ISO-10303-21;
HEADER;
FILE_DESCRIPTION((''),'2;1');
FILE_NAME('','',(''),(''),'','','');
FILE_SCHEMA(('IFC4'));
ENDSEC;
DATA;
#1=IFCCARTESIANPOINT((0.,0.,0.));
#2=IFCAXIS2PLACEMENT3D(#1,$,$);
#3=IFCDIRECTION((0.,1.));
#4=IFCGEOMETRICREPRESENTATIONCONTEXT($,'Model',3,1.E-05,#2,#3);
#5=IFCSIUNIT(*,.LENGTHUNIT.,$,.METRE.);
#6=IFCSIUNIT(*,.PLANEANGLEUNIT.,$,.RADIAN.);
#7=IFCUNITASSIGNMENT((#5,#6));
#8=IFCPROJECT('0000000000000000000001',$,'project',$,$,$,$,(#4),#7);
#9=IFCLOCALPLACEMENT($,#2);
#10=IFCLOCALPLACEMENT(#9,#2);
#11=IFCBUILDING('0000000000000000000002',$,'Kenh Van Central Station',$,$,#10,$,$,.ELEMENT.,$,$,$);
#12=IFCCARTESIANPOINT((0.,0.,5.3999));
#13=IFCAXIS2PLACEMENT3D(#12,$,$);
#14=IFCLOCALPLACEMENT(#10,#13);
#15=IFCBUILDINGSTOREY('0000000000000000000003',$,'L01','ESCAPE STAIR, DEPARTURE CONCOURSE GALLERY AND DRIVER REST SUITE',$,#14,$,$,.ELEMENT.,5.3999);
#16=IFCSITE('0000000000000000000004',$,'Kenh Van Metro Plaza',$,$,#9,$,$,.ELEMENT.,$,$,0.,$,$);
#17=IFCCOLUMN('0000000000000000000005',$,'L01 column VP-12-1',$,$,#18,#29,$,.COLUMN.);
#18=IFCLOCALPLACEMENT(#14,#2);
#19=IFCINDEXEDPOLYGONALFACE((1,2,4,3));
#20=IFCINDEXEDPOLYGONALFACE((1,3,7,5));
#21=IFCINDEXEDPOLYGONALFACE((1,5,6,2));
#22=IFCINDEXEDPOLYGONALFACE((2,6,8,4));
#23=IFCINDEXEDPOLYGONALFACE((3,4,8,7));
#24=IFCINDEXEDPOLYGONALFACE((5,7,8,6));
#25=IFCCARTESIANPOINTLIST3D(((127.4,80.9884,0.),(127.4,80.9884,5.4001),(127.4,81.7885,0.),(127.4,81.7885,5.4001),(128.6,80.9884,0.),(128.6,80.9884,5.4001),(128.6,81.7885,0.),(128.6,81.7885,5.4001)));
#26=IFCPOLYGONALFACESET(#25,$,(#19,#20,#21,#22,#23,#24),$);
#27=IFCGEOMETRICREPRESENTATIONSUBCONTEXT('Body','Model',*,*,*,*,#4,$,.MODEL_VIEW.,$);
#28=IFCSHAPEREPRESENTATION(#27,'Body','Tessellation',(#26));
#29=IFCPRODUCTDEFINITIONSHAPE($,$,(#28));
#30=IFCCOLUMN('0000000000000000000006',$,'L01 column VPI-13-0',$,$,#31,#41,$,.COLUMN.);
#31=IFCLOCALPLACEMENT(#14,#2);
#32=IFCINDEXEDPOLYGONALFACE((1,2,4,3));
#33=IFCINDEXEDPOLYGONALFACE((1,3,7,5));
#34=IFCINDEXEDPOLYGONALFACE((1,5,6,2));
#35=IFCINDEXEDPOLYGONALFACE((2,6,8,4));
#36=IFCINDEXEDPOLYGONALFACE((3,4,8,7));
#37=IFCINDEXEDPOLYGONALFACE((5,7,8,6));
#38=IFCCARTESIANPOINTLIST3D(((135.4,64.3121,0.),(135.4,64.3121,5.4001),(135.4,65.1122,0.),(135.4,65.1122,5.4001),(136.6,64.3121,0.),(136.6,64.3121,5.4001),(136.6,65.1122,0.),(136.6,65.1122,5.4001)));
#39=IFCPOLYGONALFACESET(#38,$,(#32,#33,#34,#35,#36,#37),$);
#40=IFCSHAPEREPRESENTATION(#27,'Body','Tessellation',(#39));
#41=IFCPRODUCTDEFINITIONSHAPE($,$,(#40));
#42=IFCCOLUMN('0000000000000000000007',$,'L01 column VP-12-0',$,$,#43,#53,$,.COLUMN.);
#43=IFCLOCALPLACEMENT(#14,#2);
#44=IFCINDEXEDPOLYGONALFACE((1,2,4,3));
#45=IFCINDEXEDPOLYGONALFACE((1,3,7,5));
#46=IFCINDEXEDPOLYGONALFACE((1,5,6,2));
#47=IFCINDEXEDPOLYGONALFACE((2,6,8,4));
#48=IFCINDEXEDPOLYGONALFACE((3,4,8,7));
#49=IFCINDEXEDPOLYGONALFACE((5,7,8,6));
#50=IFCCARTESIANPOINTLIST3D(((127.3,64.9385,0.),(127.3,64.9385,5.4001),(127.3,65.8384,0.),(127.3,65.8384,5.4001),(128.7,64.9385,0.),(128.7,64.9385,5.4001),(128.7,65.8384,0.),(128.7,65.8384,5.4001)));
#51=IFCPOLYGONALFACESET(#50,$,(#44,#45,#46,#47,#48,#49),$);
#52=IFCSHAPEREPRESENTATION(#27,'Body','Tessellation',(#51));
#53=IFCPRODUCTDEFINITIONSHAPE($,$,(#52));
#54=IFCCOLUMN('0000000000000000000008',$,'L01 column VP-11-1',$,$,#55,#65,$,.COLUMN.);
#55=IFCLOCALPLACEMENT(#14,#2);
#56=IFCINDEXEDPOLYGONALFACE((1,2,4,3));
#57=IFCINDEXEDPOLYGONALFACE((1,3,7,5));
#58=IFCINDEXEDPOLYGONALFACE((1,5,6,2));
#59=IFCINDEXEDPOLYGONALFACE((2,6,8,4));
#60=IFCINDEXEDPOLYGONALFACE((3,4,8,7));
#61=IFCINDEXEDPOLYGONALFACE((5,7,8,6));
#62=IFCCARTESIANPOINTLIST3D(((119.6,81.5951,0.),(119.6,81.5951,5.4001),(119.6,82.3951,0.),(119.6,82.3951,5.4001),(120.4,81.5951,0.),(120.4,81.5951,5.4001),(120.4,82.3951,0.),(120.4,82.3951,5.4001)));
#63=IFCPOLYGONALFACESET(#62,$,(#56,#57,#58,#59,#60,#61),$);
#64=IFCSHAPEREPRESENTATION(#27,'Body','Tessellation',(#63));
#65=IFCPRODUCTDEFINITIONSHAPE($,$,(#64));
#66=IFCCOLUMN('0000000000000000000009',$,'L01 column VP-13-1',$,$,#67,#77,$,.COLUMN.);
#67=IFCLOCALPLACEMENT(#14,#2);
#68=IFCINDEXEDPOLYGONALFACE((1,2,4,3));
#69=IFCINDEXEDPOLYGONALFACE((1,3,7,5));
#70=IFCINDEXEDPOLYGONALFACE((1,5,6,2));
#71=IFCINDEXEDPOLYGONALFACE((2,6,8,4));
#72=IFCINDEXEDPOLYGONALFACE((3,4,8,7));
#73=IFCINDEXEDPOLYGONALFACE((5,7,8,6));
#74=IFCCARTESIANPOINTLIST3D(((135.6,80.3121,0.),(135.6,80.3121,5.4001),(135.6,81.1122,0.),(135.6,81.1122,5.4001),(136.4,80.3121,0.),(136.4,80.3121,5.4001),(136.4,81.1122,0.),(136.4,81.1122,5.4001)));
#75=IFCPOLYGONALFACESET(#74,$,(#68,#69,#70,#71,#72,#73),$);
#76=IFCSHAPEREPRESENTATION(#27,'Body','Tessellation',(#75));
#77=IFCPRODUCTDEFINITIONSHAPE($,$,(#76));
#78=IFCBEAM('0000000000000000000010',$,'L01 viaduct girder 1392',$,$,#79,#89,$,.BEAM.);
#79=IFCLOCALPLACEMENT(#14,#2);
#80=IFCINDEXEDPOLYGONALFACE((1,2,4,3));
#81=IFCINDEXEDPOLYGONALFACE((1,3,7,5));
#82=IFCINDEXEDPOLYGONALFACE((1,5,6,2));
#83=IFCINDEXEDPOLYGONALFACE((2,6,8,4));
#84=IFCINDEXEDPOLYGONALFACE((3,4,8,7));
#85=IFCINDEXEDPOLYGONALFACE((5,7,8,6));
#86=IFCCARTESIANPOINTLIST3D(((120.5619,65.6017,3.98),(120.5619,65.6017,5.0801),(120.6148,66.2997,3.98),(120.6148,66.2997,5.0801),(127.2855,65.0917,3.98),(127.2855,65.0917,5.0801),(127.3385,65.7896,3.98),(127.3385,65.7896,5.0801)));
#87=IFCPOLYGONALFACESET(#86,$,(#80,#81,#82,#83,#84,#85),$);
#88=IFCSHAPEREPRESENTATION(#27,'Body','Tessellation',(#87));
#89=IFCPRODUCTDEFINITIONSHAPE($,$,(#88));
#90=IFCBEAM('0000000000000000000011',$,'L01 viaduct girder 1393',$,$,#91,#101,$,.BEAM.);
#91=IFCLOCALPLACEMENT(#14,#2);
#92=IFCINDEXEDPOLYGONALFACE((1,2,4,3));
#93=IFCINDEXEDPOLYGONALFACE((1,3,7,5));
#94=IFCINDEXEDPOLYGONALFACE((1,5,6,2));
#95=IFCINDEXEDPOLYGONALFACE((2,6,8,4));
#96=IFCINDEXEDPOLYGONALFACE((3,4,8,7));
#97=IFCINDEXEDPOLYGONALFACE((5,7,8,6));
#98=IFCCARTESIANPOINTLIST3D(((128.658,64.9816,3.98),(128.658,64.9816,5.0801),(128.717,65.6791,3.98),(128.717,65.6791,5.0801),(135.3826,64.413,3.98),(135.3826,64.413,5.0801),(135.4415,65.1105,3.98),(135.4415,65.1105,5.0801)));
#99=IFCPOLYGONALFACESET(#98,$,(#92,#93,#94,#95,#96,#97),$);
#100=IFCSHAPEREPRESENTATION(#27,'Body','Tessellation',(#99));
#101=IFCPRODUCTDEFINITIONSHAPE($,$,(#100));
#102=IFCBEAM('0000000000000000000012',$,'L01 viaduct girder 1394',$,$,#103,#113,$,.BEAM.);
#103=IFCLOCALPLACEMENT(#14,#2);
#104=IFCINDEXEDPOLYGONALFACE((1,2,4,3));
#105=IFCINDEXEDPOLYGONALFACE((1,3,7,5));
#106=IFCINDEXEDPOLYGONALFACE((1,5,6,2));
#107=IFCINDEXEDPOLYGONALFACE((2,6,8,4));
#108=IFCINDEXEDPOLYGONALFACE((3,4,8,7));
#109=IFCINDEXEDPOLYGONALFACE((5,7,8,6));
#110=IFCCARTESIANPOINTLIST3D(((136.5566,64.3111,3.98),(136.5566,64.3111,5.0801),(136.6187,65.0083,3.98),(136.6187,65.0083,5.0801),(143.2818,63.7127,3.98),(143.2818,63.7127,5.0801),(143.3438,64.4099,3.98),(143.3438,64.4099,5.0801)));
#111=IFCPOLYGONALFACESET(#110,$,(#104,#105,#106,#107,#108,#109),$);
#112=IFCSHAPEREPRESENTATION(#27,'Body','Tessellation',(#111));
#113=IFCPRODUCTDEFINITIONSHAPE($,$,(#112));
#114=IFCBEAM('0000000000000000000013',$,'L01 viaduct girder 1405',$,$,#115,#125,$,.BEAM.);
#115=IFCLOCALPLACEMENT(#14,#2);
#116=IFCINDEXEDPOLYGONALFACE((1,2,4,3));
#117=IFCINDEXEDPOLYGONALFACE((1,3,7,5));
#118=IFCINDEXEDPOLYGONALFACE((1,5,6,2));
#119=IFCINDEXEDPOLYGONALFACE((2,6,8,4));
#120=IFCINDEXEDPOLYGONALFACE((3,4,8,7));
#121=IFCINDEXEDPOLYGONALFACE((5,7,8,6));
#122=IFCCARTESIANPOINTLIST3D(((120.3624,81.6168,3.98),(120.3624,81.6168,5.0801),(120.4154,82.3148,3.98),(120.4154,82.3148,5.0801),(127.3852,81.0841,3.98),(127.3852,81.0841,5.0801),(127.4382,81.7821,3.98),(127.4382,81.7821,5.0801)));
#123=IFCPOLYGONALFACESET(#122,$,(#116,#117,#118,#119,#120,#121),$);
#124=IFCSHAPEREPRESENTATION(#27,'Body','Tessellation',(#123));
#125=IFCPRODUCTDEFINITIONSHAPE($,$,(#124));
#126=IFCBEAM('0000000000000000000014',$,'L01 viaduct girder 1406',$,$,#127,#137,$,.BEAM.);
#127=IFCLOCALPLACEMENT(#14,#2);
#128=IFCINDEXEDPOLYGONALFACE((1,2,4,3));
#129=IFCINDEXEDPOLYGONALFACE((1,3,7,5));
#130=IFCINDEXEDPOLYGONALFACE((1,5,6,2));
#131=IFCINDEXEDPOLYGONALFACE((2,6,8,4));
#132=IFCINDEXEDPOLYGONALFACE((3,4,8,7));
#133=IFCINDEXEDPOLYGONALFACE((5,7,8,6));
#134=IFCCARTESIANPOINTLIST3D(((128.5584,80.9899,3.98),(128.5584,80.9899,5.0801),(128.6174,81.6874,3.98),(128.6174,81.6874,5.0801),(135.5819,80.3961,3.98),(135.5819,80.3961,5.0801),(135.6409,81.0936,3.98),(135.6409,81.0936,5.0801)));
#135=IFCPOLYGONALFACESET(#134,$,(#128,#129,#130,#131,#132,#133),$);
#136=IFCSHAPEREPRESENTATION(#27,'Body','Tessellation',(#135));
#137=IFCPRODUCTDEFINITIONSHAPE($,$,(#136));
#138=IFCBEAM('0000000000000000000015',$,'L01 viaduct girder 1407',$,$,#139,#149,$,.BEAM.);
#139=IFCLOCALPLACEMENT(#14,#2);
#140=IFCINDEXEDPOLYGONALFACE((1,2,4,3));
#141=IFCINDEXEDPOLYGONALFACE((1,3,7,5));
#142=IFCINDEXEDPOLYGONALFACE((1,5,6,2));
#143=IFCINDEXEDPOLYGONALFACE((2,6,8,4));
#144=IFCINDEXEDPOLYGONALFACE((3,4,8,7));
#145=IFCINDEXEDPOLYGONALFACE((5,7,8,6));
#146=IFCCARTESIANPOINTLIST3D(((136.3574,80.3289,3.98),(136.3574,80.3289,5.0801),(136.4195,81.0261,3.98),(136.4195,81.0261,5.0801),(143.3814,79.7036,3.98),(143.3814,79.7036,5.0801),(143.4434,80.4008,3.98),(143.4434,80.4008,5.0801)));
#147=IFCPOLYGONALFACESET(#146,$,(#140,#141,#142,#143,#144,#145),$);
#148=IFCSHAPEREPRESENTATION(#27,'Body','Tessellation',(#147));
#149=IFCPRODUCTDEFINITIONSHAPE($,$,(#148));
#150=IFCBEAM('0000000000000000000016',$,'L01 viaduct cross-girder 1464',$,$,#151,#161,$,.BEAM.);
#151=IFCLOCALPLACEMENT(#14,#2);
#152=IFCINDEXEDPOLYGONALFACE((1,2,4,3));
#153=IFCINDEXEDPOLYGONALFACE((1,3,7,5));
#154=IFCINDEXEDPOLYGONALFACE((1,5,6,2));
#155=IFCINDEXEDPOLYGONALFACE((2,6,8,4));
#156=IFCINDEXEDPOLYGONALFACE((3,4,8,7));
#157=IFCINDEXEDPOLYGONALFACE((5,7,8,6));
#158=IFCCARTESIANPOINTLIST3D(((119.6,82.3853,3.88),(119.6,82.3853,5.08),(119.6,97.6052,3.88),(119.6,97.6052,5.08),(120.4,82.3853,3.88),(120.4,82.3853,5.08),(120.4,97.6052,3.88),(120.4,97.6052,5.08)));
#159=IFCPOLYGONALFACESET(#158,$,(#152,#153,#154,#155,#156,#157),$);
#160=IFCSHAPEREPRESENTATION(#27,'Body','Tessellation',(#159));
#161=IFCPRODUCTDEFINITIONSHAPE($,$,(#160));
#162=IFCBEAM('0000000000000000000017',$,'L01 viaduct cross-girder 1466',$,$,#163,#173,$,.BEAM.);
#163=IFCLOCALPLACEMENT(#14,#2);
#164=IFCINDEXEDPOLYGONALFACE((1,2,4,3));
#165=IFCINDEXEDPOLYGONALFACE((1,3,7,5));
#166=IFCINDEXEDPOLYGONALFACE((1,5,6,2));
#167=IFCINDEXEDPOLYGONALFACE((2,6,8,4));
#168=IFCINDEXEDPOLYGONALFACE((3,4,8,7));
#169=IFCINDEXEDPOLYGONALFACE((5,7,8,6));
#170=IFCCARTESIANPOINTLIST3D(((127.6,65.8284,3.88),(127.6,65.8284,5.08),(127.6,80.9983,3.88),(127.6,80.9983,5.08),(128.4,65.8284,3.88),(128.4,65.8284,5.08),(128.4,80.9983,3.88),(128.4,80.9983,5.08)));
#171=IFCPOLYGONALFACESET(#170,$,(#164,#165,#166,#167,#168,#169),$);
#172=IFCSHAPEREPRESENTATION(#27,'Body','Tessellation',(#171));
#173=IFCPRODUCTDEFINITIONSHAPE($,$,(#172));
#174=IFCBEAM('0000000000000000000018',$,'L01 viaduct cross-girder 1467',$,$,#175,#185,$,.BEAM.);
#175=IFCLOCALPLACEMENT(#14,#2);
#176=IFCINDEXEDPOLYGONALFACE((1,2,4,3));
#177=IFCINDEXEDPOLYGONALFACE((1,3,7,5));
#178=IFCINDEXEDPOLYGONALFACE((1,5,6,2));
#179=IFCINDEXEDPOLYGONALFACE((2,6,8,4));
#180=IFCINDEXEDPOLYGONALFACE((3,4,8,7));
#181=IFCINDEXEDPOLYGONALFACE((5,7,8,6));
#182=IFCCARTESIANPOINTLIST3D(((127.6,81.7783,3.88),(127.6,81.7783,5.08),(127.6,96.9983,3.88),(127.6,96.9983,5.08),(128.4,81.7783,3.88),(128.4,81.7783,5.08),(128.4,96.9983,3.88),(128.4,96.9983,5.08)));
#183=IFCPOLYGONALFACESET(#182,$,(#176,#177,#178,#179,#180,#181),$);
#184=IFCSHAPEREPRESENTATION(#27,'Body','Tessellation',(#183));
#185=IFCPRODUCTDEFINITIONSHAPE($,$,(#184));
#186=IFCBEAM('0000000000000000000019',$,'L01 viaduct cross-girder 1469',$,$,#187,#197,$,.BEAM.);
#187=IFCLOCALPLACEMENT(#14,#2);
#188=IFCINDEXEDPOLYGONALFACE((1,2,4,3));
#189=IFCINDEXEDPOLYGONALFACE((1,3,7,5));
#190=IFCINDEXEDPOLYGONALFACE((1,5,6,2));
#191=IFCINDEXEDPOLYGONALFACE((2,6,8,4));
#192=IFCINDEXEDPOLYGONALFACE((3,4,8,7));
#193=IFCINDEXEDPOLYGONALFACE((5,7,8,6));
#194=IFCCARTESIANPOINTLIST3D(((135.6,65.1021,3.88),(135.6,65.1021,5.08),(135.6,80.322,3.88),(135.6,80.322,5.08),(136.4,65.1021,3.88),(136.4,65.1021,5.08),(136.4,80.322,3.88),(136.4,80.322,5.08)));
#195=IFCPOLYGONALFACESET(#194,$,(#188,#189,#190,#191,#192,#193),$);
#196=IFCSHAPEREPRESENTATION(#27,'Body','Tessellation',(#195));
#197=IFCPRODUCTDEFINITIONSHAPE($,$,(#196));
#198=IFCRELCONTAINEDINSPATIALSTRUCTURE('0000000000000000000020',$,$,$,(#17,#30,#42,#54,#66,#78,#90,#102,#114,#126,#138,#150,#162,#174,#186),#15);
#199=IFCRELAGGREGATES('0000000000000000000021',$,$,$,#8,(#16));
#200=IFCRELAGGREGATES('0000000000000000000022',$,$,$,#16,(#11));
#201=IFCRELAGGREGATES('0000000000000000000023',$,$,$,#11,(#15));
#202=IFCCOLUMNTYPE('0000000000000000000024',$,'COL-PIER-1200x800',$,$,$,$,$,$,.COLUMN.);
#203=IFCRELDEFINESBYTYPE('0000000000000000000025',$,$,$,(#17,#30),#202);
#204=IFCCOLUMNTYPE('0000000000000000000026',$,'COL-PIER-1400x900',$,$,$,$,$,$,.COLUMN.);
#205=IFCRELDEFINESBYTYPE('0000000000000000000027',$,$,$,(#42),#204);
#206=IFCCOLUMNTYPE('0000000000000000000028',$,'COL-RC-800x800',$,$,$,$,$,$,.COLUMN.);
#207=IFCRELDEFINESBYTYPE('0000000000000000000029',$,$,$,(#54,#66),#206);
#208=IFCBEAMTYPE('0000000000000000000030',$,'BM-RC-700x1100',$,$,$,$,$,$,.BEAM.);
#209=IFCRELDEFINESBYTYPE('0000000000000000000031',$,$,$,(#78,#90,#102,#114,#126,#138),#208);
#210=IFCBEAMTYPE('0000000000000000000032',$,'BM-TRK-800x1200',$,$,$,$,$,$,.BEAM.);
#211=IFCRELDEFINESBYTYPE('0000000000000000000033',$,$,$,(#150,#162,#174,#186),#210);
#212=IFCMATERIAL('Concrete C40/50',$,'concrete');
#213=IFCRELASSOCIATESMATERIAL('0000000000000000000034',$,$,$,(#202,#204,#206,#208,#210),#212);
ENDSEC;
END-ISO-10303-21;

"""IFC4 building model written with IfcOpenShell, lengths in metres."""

from ifc_helpers import new_model, si_unit, direction, frame, origin, origin_2d, place, context, subcontext, project, spatial, rectangle, extrude, material, material_profile, profile_set, type_object, element, save


model = new_model("IFC4")

# Units and contexts
model_context = context("Model", 3, precision=1e-05, world=origin(), true_north=direction((0.0, 1.0)))
body_context = subcontext(model_context, "Body", "Model", "MODEL_VIEW")
ifc_project = project(units=[si_unit("LENGTHUNIT", "METRE"), si_unit("PLANEANGLEUNIT", "RADIAN")], contexts=[model_context])

# Site, building, storey
site_placement = place(None, origin())
site = spatial("IfcSite", under=ifc_project, at=site_placement, Name="Kenh Van Metro Plaza", CompositionType="ELEMENT", RefElevation=0.0)
building_placement = place(site_placement, origin())
building = spatial("IfcBuilding", under=site, at=building_placement, Name="Kenh Van Central Station", CompositionType="ELEMENT")
storey_placement = place(building_placement, frame((0.0, 0.0, 5.3999)))
storey = spatial("IfcBuildingStorey", under=building, at=storey_placement, Name="L01", Description="ESCAPE STAIR, DEPARTURE CONCOURSE GALLERY AND DRIVER REST SUITE", CompositionType="ELEMENT", Elevation=5.3999)

# Columns
ifc_material_1 = material(Name="Concrete C40/50", Category="concrete")
ifc_material_profile_1 = material_profile(ifc_material_1, rectangle(XDim=1.2, YDim=0.8, at=origin_2d()), Name="RC 1200x800")
ifc_profile_set_1 = profile_set([ifc_material_profile_1], Name="Concrete C40/50")
column_type_1 = type_object("IfcColumnType", Name="COL-PIER-1200x800", PredefinedType="COLUMN", material=ifc_profile_set_1)
for number, where, z_axis, x_axis, name in (
    (1, (128.0, 81.3884, 0.0), (0.0, 0.0, 1.0), (1.0, 0.0, 0.0), "L01 column VP-12-1"),
    (2, (136.0, 64.7122, 0.0), (0.0, 0.0, 1.0), (1.0, 0.0, 0.0), "L01 column VPI-13-0"),
):
    element("IfcColumn", number, at=place(storey_placement, frame(where, z_axis=z_axis, x_axis=x_axis)), inside=storey, type_object=column_type_1, Name=name, PredefinedType="COLUMN", context=body_context, shape_type="SweptSolid", body=[
        extrude(rectangle(XDim=1.2, YDim=0.8, at=origin_2d()), origin(), (0.0, 0.0, 1.0), 5.4001),
    ])
ifc_material_profile_2 = material_profile(ifc_material_1, rectangle(XDim=1.3999, YDim=0.8999, at=origin_2d()), Name="RC 1400x900")
ifc_profile_set_2 = profile_set([ifc_material_profile_2], Name="Concrete C40/50")
column_type_2 = type_object("IfcColumnType", Name="COL-PIER-1400x900", PredefinedType="COLUMN", material=ifc_profile_set_2)
column_placement = place(storey_placement, frame((128.0, 65.3884, 0.0), z_axis=(0.0, 0.0, 1.0), x_axis=(1.0, 0.0, 0.0)))
element("IfcColumn", 3, at=column_placement, inside=storey, type_object=column_type_2, Name="L01 column VP-12-0", PredefinedType="COLUMN", context=body_context, shape_type="SweptSolid", body=[
    extrude(rectangle(XDim=1.3999, YDim=0.8999, at=origin_2d()), origin(), (0.0, 0.0, 1.0), 5.4001),
])
ifc_material_profile_3 = material_profile(ifc_material_1, rectangle(XDim=0.8, YDim=0.8, at=origin_2d()), Name="RC 800x800")
ifc_profile_set_3 = profile_set([ifc_material_profile_3], Name="Concrete C40/50")
column_type_3 = type_object("IfcColumnType", Name="COL-RC-800x800", PredefinedType="COLUMN", material=ifc_profile_set_3)
for number, where, z_axis, x_axis, name in (
    (4, (120.0, 81.9951, 0.0), (0.0, 0.0, 1.0), (1.0, 0.0, 0.0), "L01 column VP-11-1"),
    (5, (136.0, 80.7122, 0.0), (0.0, 0.0, 1.0), (1.0, 0.0, 0.0), "L01 column VP-13-1"),
):
    element("IfcColumn", number, at=place(storey_placement, frame(where, z_axis=z_axis, x_axis=x_axis)), inside=storey, type_object=column_type_3, Name=name, PredefinedType="COLUMN", context=body_context, shape_type="SweptSolid", body=[
        extrude(rectangle(XDim=0.8, YDim=0.8, at=origin_2d()), origin(), (0.0, 0.0, 1.0), 5.4001),
    ])

# Beams
ifc_material_profile_4 = material_profile(ifc_material_1, rectangle(XDim=0.7, YDim=1.1001, at=origin_2d()), Name="RC 700x1100")
ifc_profile_set_4 = profile_set([ifc_material_profile_4], Name="Concrete C40/50")
beam_type_1 = type_object("IfcBeamType", Name="BM-RC-700x1100", PredefinedType="BEAM", material=ifc_profile_set_4)
beam_1_placement = place(storey_placement, frame((120.5884, 65.9507, 4.53), z_axis=(0.997135, -0.075636, 0.0), x_axis=(0.075636, 0.997135, 0.0)))
element("IfcBeam", 6, at=beam_1_placement, inside=storey, type_object=beam_type_1, Name="L01 viaduct girder 1392", PredefinedType="BEAM", context=body_context, shape_type="SweptSolid", body=[
    extrude(rectangle(XDim=0.7, YDim=1.1001, at=origin_2d()), origin(), (0.0, 0.0, 1.0), 6.7429),
])
beam_2_placement = place(storey_placement, frame((128.6875, 65.3303, 4.53), z_axis=(0.996444, -0.084255, 0.0), x_axis=(0.084255, 0.996444, 0.0)))
element("IfcBeam", 7, at=beam_2_placement, inside=storey, type_object=beam_type_1, Name="L01 viaduct girder 1393", PredefinedType="BEAM", context=body_context, shape_type="SweptSolid", body=[
    extrude(rectangle(XDim=0.7, YDim=1.1001, at=origin_2d()), origin(), (0.0, 0.0, 1.0), 6.7485),
])
beam_3_placement = place(storey_placement, frame((136.5876, 64.6597, 4.53), z_axis=(0.996065, -0.088628, 0.0), x_axis=(0.088628, 0.996065, 0.0)))
element("IfcBeam", 8, at=beam_3_placement, inside=storey, type_object=beam_type_1, Name="L01 viaduct girder 1394", PredefinedType="BEAM", context=body_context, shape_type="SweptSolid", body=[
    extrude(rectangle(XDim=0.7, YDim=1.1001, at=origin_2d()), origin(), (0.0, 0.0, 1.0), 6.7517),
])
beam_4_placement = place(storey_placement, frame((120.3889, 81.9658, 4.53), z_axis=(0.997135, -0.075639, 0.0), x_axis=(0.075639, 0.997135, 0.0)))
element("IfcBeam", 9, at=beam_4_placement, inside=storey, type_object=beam_type_1, Name="L01 viaduct girder 1405", PredefinedType="BEAM", context=body_context, shape_type="SweptSolid", body=[
    extrude(rectangle(XDim=0.7, YDim=1.1001, at=origin_2d()), origin(), (0.0, 0.0, 1.0), 7.043),
])
beam_5_placement = place(storey_placement, frame((128.5879, 81.3386, 4.53), z_axis=(0.996446, -0.084238, 0.0), x_axis=(0.084238, 0.996446, 0.0)))
element("IfcBeam", 10, at=beam_5_placement, inside=storey, type_object=beam_type_1, Name="L01 viaduct girder 1406", PredefinedType="BEAM", context=body_context, shape_type="SweptSolid", body=[
    extrude(rectangle(XDim=0.7, YDim=1.1001, at=origin_2d()), origin(), (0.0, 0.0, 1.0), 7.0486),
])
beam_6_placement = place(storey_placement, frame((136.3884, 80.6775, 4.53), z_axis=(0.996061, -0.088666, 0.0), x_axis=(0.088666, 0.996061, 0.0)))
element("IfcBeam", 11, at=beam_6_placement, inside=storey, type_object=beam_type_1, Name="L01 viaduct girder 1407", PredefinedType="BEAM", context=body_context, shape_type="SweptSolid", body=[
    extrude(rectangle(XDim=0.7, YDim=1.1001, at=origin_2d()), origin(), (0.0, 0.0, 1.0), 7.0518),
])
ifc_material_profile_5 = material_profile(ifc_material_1, rectangle(XDim=0.8, YDim=1.2, at=origin_2d()), Name="RC 800x1200")
ifc_profile_set_5 = profile_set([ifc_material_profile_5], Name="Concrete C40/50")
beam_type_2 = type_object("IfcBeamType", Name="BM-TRK-800x1200", PredefinedType="BEAM", material=ifc_profile_set_5)
beam_7_placement = place(storey_placement, frame((120.0, 82.3853, 4.48), z_axis=(0.0, 1.0, 0.0), x_axis=(-1.0, 0.0, 0.0)))
element("IfcBeam", 12, at=beam_7_placement, inside=storey, type_object=beam_type_2, Name="L01 viaduct cross-girder 1464", PredefinedType="BEAM", context=body_context, shape_type="SweptSolid", body=[
    extrude(rectangle(XDim=0.8, YDim=1.2, at=origin_2d()), origin(), (0.0, 0.0, 1.0), 15.22),
])
beam_8_placement = place(storey_placement, frame((128.0, 65.8284, 4.48), z_axis=(0.0, 1.0, 0.0), x_axis=(-1.0, 0.0, 0.0)))
element("IfcBeam", 13, at=beam_8_placement, inside=storey, type_object=beam_type_2, Name="L01 viaduct cross-girder 1466", PredefinedType="BEAM", context=body_context, shape_type="SweptSolid", body=[
    extrude(rectangle(XDim=0.8, YDim=1.2, at=origin_2d()), origin(), (0.0, 0.0, 1.0), 15.1699),
])
for number, where, z_axis, x_axis, name in (
    (14, (128.0, 81.7783, 4.48), (0.0, 1.0, 0.0), (-1.0, 0.0, 0.0), "L01 viaduct cross-girder 1467"),
    (15, (136.0, 65.1021, 4.48), (0.0, 1.0, 0.0), (-1.0, 0.0, 0.0), "L01 viaduct cross-girder 1469"),
):
    element("IfcBeam", number, at=place(storey_placement, frame(where, z_axis=z_axis, x_axis=x_axis)), inside=storey, type_object=beam_type_2, Name=name, PredefinedType="BEAM", context=body_context, shape_type="SweptSolid", body=[
        extrude(rectangle(XDim=0.8, YDim=1.2, at=origin_2d()), origin(), (0.0, 0.0, 1.0), 15.22),
    ])

save(model, "model.ifc")
